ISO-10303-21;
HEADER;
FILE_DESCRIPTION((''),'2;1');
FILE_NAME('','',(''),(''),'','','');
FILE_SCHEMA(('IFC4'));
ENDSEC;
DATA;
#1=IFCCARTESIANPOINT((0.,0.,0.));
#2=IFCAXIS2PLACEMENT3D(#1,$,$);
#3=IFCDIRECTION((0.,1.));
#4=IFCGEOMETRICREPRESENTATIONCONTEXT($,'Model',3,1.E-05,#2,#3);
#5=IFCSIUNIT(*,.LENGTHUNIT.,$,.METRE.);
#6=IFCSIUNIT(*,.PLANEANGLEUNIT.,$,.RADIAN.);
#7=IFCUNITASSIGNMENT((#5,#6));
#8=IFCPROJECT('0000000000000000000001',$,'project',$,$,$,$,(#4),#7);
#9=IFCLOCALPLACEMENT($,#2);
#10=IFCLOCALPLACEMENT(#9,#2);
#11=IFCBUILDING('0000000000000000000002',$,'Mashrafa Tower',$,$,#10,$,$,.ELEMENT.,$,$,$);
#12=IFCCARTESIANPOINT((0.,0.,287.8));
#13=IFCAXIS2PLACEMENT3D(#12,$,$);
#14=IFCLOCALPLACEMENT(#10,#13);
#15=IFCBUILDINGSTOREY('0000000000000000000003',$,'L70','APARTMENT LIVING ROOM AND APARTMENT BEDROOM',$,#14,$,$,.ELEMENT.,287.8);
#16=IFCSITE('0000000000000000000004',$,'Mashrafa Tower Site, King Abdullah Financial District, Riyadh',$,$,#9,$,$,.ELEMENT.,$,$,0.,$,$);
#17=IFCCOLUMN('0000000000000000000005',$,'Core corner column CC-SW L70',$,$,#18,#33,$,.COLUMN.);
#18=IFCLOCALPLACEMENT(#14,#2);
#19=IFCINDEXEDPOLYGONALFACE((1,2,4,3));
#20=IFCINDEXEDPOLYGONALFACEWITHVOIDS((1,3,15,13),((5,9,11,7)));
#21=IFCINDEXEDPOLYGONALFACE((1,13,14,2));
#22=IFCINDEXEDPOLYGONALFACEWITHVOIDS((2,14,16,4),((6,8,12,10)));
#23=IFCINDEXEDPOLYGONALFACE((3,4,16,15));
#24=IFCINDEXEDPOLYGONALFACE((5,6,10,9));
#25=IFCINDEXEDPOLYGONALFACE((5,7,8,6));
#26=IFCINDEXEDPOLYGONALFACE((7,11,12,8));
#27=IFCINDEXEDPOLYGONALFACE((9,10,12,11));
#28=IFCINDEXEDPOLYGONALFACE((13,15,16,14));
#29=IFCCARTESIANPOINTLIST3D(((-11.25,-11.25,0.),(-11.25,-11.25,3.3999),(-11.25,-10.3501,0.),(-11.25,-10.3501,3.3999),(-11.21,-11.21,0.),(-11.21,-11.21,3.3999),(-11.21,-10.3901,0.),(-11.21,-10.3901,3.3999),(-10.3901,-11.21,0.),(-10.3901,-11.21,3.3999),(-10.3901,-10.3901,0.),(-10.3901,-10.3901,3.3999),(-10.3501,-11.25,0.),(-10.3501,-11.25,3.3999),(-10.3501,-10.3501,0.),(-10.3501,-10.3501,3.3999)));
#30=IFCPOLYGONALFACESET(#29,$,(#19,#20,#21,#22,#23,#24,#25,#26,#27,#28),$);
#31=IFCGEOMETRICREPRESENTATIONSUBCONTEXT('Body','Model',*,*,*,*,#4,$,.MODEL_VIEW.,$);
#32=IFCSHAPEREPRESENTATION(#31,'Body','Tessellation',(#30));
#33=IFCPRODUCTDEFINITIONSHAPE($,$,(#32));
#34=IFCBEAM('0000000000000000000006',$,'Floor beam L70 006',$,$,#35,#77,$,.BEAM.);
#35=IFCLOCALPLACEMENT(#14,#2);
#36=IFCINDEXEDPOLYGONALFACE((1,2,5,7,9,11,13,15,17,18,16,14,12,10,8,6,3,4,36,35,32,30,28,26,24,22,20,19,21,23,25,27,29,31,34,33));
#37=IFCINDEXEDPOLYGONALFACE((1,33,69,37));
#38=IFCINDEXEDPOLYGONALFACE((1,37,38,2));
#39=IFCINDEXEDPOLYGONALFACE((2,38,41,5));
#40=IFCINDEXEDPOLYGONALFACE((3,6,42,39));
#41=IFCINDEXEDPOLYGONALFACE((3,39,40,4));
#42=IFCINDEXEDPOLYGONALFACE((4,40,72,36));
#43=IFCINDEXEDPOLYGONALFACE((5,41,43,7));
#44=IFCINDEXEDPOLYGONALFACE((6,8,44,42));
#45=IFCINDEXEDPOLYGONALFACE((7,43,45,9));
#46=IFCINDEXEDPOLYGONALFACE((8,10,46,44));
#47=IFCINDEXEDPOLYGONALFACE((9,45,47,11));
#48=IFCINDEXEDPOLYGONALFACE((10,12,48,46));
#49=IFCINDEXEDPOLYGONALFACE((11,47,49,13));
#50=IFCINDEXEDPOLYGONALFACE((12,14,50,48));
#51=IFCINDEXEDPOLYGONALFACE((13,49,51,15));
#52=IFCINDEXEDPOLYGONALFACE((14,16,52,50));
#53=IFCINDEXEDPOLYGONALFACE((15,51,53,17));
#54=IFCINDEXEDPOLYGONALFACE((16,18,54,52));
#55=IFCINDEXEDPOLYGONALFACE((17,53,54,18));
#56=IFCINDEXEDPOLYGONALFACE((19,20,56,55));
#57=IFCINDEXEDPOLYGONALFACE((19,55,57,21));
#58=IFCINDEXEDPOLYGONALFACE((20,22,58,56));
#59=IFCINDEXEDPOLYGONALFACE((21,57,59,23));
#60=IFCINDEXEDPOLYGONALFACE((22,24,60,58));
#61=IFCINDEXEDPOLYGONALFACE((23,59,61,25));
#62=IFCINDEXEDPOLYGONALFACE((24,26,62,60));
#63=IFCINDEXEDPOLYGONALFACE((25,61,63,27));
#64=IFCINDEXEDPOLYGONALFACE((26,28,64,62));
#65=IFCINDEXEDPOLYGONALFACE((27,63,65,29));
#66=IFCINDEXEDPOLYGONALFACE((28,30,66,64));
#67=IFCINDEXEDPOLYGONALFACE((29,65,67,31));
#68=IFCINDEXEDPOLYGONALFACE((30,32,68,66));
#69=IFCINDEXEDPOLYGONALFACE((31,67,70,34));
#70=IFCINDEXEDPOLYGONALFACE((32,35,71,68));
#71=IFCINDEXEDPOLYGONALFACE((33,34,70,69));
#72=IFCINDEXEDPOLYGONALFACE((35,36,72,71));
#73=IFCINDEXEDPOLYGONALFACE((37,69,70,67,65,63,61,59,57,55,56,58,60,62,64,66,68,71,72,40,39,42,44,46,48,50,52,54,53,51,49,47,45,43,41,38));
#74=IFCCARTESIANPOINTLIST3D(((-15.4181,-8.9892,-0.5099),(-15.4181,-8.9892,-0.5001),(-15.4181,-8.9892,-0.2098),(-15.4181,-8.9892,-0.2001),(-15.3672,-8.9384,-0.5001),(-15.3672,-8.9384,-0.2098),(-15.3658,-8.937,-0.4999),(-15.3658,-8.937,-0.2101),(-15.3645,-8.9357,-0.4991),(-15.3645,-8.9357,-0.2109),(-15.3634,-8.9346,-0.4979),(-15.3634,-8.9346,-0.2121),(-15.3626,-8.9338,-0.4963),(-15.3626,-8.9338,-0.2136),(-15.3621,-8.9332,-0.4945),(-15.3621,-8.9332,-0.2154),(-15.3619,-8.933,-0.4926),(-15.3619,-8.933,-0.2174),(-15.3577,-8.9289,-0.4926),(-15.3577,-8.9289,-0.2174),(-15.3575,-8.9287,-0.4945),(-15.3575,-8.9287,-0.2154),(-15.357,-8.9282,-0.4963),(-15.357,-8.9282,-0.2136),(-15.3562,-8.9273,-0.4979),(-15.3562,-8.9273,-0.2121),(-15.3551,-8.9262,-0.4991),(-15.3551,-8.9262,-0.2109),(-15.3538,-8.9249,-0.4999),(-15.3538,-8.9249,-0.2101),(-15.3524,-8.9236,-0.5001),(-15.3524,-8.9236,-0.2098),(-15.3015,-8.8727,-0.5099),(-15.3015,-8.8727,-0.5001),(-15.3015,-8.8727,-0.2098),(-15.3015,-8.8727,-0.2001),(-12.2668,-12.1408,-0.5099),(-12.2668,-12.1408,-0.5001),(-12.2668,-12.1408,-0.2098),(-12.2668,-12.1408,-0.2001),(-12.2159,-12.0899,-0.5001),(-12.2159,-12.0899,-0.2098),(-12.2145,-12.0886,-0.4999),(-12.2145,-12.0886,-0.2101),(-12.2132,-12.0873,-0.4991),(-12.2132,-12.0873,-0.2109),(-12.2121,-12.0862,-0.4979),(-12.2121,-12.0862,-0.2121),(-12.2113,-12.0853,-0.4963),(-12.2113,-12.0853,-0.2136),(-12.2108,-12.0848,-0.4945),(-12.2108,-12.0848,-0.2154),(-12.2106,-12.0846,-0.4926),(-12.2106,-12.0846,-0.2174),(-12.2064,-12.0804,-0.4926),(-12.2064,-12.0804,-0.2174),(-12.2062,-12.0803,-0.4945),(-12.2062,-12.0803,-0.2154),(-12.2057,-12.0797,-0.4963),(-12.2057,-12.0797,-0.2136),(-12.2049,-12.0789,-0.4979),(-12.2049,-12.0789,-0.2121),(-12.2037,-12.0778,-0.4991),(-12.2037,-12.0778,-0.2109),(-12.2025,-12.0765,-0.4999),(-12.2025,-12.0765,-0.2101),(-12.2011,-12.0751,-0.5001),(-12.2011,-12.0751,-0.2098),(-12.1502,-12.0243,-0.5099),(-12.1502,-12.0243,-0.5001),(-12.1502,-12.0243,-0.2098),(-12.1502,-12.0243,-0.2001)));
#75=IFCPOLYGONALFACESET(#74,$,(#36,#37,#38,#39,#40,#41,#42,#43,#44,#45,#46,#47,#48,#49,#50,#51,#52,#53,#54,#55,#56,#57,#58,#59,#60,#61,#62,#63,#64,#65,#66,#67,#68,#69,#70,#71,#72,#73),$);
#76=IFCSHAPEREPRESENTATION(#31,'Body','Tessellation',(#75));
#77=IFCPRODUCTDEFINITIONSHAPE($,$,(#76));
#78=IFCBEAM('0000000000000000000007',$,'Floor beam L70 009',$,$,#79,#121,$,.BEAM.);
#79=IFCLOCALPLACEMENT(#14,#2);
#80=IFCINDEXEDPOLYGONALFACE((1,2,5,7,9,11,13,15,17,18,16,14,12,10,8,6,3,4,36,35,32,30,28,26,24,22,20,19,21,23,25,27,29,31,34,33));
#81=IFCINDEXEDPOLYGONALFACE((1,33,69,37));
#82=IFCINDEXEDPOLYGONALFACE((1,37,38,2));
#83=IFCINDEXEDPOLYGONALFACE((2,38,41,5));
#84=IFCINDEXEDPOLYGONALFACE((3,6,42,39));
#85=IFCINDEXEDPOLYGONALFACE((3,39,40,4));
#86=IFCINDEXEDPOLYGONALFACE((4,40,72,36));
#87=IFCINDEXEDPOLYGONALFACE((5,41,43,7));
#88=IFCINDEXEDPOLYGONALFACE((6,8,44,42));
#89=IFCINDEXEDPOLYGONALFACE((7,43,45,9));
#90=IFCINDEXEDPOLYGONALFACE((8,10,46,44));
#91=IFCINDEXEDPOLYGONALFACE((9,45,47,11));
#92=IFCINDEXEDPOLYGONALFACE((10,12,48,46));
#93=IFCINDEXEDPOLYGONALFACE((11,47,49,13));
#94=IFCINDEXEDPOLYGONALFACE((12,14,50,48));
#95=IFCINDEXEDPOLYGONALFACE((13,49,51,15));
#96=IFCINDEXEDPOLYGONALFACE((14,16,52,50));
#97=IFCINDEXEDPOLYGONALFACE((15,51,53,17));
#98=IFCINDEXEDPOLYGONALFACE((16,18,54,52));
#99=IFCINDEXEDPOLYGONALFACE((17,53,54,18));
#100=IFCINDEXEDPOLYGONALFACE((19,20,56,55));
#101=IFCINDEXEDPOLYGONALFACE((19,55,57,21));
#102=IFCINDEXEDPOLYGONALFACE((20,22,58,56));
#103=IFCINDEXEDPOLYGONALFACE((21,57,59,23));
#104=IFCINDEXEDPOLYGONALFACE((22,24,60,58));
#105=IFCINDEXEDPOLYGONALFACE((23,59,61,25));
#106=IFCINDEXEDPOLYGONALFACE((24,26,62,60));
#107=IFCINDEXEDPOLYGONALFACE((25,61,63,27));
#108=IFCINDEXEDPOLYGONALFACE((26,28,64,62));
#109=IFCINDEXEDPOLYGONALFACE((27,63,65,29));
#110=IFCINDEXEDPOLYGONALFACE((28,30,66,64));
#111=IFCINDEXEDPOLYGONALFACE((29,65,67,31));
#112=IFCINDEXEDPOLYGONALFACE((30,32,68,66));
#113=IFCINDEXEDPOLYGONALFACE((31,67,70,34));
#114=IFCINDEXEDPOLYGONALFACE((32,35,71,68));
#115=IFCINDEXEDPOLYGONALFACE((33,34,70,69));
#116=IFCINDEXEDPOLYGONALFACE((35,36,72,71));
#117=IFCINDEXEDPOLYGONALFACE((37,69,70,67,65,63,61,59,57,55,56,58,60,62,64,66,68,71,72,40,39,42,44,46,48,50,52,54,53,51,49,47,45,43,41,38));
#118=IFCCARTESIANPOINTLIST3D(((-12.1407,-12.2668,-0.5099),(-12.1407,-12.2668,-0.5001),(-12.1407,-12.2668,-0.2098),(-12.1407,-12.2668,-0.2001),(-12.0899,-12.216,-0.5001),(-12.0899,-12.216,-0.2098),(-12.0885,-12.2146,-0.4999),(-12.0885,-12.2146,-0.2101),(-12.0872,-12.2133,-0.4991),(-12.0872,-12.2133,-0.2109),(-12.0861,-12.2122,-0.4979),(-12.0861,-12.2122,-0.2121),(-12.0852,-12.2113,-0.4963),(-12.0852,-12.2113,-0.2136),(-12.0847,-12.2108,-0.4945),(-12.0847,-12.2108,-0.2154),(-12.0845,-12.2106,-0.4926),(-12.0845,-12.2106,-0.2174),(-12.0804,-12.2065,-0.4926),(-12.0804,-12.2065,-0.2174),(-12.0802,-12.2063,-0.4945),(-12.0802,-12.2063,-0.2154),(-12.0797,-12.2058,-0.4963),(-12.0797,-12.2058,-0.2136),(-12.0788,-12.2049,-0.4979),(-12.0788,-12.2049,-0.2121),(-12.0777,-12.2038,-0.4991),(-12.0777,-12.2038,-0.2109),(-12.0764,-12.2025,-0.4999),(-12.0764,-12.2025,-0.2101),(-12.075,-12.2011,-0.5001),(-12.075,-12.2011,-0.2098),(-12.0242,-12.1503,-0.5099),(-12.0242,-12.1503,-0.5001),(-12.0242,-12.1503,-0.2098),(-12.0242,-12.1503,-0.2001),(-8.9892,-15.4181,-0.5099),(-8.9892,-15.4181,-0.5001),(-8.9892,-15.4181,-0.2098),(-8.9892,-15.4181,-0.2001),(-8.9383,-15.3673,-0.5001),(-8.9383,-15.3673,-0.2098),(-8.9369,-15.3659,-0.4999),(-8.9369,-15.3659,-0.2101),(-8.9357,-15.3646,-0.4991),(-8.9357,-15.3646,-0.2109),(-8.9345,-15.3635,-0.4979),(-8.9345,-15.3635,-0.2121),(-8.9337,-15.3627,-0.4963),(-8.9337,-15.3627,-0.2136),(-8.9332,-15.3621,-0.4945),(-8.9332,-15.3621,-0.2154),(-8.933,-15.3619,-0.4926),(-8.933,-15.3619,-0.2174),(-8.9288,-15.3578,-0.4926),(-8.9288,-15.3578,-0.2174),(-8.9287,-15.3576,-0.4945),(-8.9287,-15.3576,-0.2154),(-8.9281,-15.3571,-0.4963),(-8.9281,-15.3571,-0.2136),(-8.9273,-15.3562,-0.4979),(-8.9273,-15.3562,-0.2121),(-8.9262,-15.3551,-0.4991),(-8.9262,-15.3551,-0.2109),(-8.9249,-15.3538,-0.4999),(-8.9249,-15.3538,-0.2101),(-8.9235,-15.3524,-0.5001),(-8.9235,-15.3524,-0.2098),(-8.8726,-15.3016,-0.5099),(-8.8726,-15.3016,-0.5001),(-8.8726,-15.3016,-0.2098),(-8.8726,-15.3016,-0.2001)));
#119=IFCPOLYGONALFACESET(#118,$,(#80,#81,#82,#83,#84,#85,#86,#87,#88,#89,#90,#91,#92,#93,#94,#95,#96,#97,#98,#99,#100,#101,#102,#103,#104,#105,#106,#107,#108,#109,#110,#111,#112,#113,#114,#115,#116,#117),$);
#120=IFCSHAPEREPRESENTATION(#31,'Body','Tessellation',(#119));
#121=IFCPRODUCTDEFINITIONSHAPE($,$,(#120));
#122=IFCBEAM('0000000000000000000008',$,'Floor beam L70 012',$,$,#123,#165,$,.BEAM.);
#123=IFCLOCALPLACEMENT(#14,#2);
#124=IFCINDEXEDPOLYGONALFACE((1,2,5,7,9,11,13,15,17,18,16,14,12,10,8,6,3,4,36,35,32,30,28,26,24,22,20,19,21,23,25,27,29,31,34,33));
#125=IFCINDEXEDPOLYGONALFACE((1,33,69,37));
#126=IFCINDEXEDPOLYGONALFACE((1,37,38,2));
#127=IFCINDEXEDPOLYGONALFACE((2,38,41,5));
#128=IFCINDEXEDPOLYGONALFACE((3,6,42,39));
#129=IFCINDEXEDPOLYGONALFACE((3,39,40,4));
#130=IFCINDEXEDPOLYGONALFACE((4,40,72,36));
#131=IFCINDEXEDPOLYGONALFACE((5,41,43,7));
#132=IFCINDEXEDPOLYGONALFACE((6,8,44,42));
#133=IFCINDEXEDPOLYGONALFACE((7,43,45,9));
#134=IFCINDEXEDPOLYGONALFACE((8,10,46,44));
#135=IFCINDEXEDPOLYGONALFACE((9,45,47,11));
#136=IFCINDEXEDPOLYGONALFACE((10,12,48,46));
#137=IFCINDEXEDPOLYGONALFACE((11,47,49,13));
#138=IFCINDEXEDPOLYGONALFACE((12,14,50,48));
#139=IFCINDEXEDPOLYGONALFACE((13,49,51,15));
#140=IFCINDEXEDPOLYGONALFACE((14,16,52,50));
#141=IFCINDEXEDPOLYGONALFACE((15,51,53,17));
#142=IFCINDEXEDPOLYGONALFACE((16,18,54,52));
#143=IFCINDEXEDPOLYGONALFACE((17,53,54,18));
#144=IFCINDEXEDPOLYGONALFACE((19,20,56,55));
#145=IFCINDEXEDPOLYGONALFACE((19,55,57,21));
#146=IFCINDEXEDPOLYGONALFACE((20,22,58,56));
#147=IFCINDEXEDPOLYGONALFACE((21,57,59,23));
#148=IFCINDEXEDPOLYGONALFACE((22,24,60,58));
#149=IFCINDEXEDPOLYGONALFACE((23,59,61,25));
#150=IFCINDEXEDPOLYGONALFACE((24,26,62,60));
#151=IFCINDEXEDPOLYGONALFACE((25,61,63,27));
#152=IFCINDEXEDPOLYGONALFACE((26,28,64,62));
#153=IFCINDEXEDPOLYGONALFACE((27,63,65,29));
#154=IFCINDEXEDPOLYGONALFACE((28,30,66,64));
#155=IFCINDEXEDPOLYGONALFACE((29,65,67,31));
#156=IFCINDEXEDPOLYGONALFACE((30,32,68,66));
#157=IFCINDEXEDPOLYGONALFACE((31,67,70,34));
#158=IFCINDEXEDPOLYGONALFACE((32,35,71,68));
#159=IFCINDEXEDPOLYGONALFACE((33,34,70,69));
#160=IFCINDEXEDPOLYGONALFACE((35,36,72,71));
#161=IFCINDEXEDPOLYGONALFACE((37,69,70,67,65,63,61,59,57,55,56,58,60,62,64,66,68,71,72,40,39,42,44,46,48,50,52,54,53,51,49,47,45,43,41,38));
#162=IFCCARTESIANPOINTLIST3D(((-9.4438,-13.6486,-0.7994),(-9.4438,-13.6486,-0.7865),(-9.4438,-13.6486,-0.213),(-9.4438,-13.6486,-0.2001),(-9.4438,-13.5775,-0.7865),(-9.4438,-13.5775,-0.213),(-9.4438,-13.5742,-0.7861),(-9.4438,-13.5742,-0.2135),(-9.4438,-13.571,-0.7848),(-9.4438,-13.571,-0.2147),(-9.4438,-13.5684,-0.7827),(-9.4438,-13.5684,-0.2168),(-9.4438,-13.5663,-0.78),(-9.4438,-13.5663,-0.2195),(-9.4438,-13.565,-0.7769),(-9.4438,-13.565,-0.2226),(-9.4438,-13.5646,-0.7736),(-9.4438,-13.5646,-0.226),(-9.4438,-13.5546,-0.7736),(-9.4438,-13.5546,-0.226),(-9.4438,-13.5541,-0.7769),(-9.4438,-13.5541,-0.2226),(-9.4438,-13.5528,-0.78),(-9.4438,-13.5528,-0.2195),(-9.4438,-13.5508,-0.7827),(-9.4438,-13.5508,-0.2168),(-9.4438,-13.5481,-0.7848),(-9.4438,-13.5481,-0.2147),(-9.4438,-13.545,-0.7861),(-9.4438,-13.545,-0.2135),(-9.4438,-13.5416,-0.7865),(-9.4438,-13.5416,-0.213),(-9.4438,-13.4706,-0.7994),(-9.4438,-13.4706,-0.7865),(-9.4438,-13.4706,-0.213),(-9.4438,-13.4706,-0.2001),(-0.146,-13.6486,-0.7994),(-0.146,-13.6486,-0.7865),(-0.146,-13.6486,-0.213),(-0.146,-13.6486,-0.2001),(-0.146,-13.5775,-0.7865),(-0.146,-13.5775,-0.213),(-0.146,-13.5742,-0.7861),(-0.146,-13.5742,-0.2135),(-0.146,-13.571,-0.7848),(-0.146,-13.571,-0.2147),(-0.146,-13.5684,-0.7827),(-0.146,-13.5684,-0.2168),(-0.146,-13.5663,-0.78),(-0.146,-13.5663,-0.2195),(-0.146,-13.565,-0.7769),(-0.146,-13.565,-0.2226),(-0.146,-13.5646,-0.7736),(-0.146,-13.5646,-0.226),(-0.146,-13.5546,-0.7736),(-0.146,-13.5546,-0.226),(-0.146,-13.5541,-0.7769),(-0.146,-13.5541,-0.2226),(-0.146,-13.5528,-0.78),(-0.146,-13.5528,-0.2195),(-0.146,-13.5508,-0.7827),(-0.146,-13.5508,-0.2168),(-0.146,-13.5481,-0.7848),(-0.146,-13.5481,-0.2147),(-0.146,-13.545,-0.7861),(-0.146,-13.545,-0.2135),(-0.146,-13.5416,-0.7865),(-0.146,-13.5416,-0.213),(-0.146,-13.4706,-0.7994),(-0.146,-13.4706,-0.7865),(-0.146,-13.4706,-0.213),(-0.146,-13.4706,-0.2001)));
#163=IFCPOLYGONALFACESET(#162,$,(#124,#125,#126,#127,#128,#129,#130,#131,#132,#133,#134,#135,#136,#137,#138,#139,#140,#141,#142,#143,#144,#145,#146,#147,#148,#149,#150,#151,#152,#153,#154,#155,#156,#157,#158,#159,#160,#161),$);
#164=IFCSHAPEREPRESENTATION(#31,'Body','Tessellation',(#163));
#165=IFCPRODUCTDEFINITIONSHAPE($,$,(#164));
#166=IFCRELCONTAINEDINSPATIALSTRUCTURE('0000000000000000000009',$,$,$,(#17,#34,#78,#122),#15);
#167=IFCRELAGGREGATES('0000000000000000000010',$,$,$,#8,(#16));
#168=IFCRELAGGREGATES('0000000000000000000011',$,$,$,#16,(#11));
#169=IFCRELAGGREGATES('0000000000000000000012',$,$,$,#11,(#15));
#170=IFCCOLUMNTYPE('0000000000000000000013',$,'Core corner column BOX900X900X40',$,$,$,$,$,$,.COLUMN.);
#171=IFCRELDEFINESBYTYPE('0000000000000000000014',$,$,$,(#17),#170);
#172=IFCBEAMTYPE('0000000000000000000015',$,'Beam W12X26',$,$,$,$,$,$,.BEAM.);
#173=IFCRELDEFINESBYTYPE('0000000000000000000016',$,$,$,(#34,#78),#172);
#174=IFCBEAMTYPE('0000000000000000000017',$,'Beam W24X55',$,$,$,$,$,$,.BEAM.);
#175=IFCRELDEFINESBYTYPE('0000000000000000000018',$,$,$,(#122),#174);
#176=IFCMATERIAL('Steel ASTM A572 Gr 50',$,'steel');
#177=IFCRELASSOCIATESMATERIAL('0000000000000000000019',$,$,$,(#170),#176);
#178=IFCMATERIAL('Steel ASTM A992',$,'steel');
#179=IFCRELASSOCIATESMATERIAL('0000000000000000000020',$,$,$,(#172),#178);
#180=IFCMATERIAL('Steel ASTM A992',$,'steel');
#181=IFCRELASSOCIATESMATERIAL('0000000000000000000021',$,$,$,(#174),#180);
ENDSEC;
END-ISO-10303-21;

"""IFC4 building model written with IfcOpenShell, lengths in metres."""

from ifc_helpers import new_model, si_unit, direction, frame, origin, origin_2d, place, context, subcontext, project, spatial, hollow_rectangle, i_section, extrude, material, material_profile, profile_set, type_object, element, save


model = new_model("IFC4")

# Units and contexts
model_context = context("Model", 3, precision=1e-05, world=origin(), true_north=direction((0.0, 1.0)))
body_context = subcontext(model_context, "Body", "Model", "MODEL_VIEW")
ifc_project = project(units=[si_unit("LENGTHUNIT", "METRE"), si_unit("PLANEANGLEUNIT", "RADIAN")], contexts=[model_context])

# Site, building, storey
site_placement = place(None, origin())
site = spatial("IfcSite", under=ifc_project, at=site_placement, Name="Mashrafa Tower Site, King Abdullah Financial District, Riyadh", CompositionType="ELEMENT", RefElevation=0.0)
building_placement = place(site_placement, origin())
building = spatial("IfcBuilding", under=site, at=building_placement, Name="Mashrafa Tower", CompositionType="ELEMENT")
storey_placement = place(building_placement, frame((0.0, 0.0, 287.8)))
storey = spatial("IfcBuildingStorey", under=building, at=storey_placement, Name="L70", Description="APARTMENT LIVING ROOM AND APARTMENT BEDROOM", CompositionType="ELEMENT", Elevation=287.8)

# Column
ifc_material_1 = material(Name="Steel ASTM A572 Gr 50", Category="steel")
ifc_material_profile_1 = material_profile(ifc_material_1, hollow_rectangle(XDim=0.8999, YDim=0.8999, WallThickness=0.04, at=origin_2d()), Name="BOX900X900X40")
ifc_profile_set_1 = profile_set([ifc_material_profile_1], Name="Steel ASTM A572 Gr 50")
column_type = type_object("IfcColumnType", Name="Core corner column BOX900X900X40", PredefinedType="COLUMN", material=ifc_profile_set_1)
column_placement = place(storey_placement, frame((-10.8, -10.8, 0.0), z_axis=(0.0, 0.0, 1.0), x_axis=(1.0, 0.0, 0.0)))
element("IfcColumn", 1, at=column_placement, inside=storey, type_object=column_type, Name="Core corner column CC-SW L70", PredefinedType="COLUMN", context=body_context, shape_type="SweptSolid", body=[
    extrude(hollow_rectangle(XDim=0.8999, YDim=0.8999, WallThickness=0.04, at=origin_2d()), origin(), (0.0, 0.0, 1.0), 3.3999),
])

# Beams
ifc_material_2 = material(Name="Steel ASTM A992", Category="steel")
ifc_material_profile_2 = material_profile(ifc_material_2, i_section(OverallWidth=0.1648, OverallDepth=0.3098, WebThickness=0.0059, FlangeThickness=0.0098, FilletRadius=0.0076, at=origin_2d()), Name="W12X26")
ifc_profile_set_2 = profile_set([ifc_material_profile_2], Name="Steel ASTM A992")
beam_type_1 = type_object("IfcBeamType", Name="Beam W12X26", PredefinedType="BEAM", material=ifc_profile_set_2)
for number, where, z_axis, x_axis, name in (
    (2, (-12.2085, -12.0825, -0.355), (-0.707079, 0.707134, 0.0), (-0.707134, -0.707079, 0.0), "Floor beam L70 006"),
    (3, (-8.9309, -15.3599, -0.355), (-0.707134, 0.707079, 0.0), (-0.707079, -0.707134, 0.0), "Floor beam L70 009"),
):
    element("IfcBeam", number, at=place(storey_placement, frame(where, z_axis=z_axis, x_axis=x_axis)), inside=storey, type_object=beam_type_1, Name=name, PredefinedType="BEAM", context=body_context, shape_type="SweptSolid", body=[
        extrude(i_section(OverallWidth=0.1648, OverallDepth=0.3098, WebThickness=0.0059, FlangeThickness=0.0098, FilletRadius=0.0076, at=origin_2d()), origin(), (0.0, 0.0, 1.0), 4.4568),
    ])
ifc_material_3 = material(Name="Steel ASTM A992", Category="steel")
ifc_material_profile_3 = material_profile(ifc_material_3, i_section(OverallWidth=0.178, OverallDepth=0.5994, WebThickness=0.01, FlangeThickness=0.0129, FilletRadius=0.0129, at=origin_2d()), Name="W24X55")
ifc_profile_set_3 = profile_set([ifc_material_profile_3], Name="Steel ASTM A992")
beam_type_2 = type_object("IfcBeamType", Name="Beam W24X55", PredefinedType="BEAM", material=ifc_profile_set_3)
beam_1_placement = place(storey_placement, frame((-0.146, -13.5596, -0.4998), z_axis=(-1.0, 0.0, 0.0), x_axis=(0.0, -1.0, 0.0)))
element("IfcBeam", 4, at=beam_1_placement, inside=storey, type_object=beam_type_2, Name="Floor beam L70 012", PredefinedType="BEAM", context=body_context, shape_type="SweptSolid", body=[
    extrude(i_section(OverallWidth=0.178, OverallDepth=0.5994, WebThickness=0.01, FlangeThickness=0.0129, FilletRadius=0.0129, at=origin_2d()), origin(), (0.0, 0.0, 1.0), 9.2979),
])

save(model, "model.ifc")
